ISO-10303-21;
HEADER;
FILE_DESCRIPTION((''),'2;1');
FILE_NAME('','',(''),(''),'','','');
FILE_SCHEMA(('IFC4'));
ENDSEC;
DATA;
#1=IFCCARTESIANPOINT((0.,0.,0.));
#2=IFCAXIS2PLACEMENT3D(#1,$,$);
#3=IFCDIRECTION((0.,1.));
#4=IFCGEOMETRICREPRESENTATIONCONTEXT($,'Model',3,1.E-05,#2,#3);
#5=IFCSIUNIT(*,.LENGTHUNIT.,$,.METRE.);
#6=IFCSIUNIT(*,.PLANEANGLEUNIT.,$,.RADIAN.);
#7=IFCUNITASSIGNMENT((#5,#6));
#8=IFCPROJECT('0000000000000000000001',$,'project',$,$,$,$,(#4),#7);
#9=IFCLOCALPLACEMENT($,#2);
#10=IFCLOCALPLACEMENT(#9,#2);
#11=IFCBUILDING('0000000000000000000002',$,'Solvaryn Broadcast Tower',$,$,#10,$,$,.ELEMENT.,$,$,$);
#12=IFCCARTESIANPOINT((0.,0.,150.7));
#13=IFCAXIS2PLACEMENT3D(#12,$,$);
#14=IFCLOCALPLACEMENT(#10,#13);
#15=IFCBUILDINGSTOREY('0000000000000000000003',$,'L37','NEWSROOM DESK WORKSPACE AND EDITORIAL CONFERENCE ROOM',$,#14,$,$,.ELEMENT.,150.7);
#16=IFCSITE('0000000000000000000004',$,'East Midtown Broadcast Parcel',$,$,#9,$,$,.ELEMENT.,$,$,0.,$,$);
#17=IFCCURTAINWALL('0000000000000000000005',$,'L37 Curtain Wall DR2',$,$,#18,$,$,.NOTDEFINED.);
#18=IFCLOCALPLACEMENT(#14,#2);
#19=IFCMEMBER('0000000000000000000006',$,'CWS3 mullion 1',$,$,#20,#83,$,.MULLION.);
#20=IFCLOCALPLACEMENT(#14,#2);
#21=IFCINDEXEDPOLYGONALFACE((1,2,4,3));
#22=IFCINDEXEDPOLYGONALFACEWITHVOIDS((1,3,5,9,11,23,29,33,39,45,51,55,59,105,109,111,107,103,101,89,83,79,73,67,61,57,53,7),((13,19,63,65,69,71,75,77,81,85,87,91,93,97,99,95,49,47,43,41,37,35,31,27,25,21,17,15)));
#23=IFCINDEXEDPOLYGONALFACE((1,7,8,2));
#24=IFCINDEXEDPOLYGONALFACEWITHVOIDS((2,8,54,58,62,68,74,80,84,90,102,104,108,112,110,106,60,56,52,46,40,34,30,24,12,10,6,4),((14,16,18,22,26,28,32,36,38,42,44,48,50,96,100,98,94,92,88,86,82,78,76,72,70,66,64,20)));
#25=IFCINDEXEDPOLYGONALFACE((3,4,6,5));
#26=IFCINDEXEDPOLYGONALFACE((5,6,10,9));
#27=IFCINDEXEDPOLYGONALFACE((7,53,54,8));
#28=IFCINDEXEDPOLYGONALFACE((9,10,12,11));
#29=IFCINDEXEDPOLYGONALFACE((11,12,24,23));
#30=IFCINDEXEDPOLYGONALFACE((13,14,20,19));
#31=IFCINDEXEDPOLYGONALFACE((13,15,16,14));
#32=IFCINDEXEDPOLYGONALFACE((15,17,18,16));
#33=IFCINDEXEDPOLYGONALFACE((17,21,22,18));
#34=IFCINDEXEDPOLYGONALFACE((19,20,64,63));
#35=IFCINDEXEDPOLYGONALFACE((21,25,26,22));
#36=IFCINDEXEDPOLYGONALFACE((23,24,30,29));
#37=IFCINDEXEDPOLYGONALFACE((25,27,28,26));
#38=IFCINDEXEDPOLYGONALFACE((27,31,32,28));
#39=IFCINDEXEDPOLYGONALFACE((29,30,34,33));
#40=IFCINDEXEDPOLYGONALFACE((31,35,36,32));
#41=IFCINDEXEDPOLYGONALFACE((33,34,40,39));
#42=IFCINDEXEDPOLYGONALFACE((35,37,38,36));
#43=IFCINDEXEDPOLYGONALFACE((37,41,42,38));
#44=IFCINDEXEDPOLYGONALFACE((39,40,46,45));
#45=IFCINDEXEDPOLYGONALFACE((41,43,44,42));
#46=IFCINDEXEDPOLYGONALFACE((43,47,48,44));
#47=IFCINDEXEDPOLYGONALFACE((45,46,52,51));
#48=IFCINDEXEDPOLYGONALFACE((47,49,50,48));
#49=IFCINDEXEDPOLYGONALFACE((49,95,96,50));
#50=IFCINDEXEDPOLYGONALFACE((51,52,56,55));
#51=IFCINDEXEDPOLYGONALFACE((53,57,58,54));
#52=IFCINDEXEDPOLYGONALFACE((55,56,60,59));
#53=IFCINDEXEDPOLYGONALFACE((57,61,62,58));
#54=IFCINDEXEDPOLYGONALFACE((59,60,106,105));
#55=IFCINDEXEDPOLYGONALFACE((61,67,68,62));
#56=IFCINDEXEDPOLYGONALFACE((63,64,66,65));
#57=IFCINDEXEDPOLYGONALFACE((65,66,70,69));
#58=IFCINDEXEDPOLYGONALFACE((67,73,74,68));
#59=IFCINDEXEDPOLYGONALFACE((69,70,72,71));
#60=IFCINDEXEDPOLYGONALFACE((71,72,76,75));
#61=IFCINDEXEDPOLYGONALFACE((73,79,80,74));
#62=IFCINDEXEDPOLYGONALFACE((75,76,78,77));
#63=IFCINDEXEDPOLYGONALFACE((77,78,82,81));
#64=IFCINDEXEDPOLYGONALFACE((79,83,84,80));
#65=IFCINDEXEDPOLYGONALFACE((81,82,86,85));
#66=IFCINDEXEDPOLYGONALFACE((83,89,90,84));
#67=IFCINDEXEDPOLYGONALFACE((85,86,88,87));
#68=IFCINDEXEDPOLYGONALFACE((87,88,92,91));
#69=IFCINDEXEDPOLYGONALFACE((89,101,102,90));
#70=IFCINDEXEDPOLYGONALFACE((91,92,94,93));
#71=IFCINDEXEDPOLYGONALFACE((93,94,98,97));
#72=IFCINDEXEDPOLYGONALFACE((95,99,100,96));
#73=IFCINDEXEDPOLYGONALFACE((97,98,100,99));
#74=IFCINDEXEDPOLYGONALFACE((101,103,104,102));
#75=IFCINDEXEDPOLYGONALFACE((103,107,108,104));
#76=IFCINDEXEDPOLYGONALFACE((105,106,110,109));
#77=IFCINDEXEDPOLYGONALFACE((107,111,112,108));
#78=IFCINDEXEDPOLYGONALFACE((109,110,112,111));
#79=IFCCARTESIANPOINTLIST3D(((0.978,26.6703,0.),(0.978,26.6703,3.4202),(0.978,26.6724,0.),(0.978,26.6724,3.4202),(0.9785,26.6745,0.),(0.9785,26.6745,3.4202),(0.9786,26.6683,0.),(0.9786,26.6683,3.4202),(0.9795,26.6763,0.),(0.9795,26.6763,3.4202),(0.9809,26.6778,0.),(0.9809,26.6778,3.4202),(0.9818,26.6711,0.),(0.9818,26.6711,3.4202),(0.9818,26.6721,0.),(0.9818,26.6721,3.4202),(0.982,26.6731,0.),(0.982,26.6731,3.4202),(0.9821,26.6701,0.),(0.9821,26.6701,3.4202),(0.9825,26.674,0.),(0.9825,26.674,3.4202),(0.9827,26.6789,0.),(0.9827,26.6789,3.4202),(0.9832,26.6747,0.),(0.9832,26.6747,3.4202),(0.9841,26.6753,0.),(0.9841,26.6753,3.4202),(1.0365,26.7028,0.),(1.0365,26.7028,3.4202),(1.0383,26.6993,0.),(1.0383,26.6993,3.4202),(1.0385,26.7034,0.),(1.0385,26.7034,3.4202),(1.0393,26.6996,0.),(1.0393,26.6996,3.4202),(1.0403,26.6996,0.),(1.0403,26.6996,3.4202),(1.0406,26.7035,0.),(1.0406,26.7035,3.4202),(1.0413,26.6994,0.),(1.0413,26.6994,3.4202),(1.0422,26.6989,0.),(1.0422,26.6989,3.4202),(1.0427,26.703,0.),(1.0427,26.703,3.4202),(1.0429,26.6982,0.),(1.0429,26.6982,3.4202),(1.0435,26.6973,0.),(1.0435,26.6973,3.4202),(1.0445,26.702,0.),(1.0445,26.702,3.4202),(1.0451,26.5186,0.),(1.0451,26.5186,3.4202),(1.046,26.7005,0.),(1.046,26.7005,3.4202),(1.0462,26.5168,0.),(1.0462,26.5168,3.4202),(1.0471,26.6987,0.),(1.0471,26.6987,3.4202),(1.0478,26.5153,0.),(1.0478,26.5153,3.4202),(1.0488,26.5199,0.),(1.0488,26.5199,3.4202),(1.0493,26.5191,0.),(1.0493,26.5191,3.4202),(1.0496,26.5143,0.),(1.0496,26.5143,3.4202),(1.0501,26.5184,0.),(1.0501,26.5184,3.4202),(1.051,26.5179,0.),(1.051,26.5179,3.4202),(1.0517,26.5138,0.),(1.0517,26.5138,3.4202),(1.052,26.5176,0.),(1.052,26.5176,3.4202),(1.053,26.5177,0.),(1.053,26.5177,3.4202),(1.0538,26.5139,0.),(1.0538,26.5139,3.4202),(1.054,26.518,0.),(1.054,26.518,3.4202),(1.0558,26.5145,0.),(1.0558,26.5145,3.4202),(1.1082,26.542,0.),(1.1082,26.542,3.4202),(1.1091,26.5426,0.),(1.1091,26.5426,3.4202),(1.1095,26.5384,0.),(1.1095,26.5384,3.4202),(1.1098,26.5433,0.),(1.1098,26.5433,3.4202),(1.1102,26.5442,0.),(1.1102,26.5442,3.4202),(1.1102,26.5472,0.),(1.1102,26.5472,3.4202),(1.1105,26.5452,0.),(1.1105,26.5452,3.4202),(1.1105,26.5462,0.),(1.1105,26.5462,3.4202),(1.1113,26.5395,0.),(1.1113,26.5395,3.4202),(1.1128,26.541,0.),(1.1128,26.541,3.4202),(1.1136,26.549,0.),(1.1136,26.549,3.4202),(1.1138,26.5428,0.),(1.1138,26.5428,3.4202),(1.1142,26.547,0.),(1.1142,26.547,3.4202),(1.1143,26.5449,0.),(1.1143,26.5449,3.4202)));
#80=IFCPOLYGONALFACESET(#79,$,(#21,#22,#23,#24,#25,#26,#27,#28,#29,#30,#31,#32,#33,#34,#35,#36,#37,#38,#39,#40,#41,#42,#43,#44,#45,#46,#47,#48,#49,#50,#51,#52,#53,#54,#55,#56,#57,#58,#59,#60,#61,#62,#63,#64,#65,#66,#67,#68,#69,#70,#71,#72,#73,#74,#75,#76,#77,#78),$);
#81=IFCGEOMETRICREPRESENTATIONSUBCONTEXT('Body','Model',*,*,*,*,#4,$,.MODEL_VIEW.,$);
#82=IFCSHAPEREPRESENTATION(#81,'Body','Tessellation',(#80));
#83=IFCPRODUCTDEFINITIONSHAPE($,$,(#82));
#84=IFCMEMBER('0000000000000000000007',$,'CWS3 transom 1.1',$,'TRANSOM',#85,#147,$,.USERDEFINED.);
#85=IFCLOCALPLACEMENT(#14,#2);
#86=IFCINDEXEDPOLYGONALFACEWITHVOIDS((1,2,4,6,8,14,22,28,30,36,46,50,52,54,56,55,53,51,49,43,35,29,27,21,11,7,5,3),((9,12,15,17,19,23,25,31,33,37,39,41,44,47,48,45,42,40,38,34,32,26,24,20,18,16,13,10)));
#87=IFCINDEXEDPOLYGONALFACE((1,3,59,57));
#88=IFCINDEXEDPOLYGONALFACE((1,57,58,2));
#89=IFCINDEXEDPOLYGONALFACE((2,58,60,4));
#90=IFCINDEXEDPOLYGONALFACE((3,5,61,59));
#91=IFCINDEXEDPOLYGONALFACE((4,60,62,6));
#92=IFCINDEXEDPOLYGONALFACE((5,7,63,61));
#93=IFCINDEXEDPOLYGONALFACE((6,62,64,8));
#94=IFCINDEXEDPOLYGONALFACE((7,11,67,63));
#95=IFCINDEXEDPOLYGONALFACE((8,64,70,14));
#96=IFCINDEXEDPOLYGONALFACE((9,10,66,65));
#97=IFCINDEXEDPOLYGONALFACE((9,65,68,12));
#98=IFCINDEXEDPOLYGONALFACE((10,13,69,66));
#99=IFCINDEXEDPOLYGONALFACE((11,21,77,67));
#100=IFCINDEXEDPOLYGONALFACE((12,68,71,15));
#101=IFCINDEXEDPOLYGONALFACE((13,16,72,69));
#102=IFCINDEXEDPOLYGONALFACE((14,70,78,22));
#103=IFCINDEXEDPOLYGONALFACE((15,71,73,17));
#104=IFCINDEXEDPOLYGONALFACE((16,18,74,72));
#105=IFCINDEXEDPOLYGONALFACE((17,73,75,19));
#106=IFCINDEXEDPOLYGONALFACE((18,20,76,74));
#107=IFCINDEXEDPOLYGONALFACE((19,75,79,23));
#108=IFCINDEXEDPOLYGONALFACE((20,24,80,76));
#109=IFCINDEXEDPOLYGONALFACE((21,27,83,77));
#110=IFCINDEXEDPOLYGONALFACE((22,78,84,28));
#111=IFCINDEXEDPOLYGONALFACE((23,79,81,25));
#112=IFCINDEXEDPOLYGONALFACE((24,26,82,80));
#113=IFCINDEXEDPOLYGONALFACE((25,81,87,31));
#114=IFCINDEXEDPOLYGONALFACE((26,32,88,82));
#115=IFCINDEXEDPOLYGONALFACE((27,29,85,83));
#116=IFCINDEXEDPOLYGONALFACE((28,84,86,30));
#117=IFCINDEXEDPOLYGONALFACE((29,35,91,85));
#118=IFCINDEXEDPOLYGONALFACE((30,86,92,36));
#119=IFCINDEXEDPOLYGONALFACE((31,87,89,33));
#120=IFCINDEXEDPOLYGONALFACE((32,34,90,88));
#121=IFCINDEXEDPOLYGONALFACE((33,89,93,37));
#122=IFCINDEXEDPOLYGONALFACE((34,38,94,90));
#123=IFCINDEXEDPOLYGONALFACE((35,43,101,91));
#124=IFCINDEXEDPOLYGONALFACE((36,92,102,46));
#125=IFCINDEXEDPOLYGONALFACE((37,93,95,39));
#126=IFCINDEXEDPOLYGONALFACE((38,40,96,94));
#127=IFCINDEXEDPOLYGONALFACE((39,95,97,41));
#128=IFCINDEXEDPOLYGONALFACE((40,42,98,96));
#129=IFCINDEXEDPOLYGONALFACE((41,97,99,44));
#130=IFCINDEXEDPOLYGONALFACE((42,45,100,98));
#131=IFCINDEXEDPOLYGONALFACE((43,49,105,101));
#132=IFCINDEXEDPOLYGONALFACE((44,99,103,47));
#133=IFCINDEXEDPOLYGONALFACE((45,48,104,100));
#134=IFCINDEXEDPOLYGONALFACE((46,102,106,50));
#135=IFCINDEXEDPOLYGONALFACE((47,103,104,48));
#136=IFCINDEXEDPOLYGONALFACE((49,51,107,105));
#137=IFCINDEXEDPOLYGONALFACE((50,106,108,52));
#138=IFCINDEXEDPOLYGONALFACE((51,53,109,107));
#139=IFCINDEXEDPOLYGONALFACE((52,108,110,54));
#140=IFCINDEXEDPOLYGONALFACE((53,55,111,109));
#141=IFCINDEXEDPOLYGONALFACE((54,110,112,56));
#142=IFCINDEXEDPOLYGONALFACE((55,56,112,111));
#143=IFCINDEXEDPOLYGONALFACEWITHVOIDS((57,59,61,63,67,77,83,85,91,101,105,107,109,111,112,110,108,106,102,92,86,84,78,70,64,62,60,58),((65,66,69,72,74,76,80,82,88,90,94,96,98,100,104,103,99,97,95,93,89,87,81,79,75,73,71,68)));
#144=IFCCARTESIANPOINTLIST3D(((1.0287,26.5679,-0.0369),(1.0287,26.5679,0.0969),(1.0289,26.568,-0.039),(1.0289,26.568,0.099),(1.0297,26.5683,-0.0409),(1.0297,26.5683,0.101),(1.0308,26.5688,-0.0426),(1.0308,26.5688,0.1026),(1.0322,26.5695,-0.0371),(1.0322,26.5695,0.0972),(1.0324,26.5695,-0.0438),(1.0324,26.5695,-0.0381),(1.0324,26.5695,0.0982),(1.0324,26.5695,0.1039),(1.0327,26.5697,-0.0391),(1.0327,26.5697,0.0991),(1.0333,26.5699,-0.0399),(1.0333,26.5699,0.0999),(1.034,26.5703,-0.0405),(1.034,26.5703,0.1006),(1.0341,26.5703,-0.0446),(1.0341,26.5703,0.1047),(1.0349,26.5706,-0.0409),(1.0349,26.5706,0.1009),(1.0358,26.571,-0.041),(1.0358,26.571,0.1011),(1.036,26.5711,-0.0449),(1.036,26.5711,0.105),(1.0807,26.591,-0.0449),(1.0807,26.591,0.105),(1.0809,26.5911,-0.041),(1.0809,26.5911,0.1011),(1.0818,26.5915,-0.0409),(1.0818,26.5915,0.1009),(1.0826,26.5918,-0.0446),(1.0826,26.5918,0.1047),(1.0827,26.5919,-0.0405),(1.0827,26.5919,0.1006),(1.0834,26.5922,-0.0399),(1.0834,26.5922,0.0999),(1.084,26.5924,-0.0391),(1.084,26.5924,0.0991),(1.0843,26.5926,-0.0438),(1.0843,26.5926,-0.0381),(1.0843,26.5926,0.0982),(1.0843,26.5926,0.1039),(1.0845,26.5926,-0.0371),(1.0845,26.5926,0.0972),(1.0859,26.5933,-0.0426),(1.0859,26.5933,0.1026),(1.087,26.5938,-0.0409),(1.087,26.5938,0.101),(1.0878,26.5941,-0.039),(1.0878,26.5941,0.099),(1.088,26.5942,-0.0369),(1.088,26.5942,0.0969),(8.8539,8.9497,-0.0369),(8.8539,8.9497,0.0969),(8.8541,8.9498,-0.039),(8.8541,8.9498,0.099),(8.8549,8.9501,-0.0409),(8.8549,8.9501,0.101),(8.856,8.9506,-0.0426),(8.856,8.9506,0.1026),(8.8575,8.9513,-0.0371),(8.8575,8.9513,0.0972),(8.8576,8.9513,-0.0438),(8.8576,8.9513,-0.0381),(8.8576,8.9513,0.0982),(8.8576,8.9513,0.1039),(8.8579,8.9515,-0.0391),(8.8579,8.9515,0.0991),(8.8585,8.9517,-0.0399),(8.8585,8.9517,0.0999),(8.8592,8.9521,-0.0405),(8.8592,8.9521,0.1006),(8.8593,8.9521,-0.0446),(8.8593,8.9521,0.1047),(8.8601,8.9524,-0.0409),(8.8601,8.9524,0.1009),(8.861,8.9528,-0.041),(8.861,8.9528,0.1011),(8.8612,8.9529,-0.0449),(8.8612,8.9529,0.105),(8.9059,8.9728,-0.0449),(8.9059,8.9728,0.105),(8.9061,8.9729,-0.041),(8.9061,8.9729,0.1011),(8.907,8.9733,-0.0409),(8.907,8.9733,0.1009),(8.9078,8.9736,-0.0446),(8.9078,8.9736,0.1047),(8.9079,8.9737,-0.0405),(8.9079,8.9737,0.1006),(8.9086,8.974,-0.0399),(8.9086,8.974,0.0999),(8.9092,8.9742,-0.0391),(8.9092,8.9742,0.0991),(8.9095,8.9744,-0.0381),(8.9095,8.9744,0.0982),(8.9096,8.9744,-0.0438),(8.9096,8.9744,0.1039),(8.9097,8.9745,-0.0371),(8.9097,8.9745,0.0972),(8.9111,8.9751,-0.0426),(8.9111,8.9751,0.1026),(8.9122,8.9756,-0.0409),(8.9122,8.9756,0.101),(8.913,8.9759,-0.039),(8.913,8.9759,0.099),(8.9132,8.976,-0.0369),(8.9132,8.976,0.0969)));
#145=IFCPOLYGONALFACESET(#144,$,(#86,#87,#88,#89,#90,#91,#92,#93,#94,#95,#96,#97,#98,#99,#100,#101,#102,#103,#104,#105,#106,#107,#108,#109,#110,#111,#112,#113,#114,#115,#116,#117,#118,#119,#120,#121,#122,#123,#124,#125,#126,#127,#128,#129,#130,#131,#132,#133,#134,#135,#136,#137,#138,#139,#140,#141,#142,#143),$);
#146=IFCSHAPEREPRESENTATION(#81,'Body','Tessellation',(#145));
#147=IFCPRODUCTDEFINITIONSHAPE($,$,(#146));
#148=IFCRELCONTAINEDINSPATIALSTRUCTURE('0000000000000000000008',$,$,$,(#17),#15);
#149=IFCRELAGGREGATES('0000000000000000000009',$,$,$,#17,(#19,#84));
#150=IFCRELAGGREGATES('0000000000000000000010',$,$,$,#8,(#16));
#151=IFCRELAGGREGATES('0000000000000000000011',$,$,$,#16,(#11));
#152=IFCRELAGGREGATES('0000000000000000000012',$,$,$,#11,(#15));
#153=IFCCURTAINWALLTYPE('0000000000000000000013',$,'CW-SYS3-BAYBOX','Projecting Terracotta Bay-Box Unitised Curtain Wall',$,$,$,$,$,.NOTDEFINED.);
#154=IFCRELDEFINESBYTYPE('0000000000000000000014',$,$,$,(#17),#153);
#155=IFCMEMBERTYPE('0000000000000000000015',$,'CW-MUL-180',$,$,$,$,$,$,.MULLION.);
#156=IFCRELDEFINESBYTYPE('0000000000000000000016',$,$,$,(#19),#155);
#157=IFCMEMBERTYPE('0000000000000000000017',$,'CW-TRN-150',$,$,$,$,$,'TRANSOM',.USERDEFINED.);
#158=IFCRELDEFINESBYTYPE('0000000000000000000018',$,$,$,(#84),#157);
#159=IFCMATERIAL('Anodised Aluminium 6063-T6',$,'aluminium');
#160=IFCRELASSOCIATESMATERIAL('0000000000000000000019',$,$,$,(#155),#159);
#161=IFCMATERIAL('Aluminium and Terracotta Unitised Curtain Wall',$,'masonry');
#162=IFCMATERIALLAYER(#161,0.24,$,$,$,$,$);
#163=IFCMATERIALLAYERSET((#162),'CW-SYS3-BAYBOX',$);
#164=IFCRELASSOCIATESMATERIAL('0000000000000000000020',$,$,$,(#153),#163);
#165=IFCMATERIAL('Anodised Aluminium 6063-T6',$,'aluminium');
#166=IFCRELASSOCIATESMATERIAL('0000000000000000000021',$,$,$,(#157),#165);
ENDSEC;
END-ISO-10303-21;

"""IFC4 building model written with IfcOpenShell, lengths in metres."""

from ifc_helpers import new_model, si_unit, direction, frame, origin, origin_2d, place, context, subcontext, project, spatial, hollow_rectangle, extrude, material, layer, layer_set, material_profile, profile_set, type_object, element, aggregate, save


model = new_model("IFC4")

# Units and contexts
model_context = context("Model", 3, precision=1e-05, world=origin(), true_north=direction((0.0, 1.0)))
body_context = subcontext(model_context, "Body", "Model", "MODEL_VIEW")
ifc_project = project(units=[si_unit("LENGTHUNIT", "METRE"), si_unit("PLANEANGLEUNIT", "RADIAN")], contexts=[model_context])

# Site, building, storey
site_placement = place(None, origin())
site = spatial("IfcSite", under=ifc_project, at=site_placement, Name="East Midtown Broadcast Parcel", CompositionType="ELEMENT", RefElevation=0.0)
building_placement = place(site_placement, origin())
building = spatial("IfcBuilding", under=site, at=building_placement, Name="Solvaryn Broadcast Tower", CompositionType="ELEMENT")
storey_placement = place(building_placement, frame((0.0, 0.0, 150.7)))
storey = spatial("IfcBuildingStorey", under=building, at=storey_placement, Name="L37", Description="NEWSROOM DESK WORKSPACE AND EDITORIAL CONFERENCE ROOM", CompositionType="ELEMENT", Elevation=150.7)

# Shared definitions
ifc_material_1 = material(Name="Anodised Aluminium 6063-T6", Category="aluminium")
ifc_material_profile_1 = material_profile(ifc_material_1, hollow_rectangle(XDim=0.075, YDim=0.1799, WallThickness=0.0039, InnerFilletRadius=0.0039, OuterFilletRadius=0.0081, at=origin_2d()))
ifc_profile_set_1 = profile_set([ifc_material_profile_1], Name="Anodised Aluminium 6063-T6")
member_type_1 = type_object("IfcMemberType", Name="CW-MUL-180", PredefinedType="MULLION", material=ifc_profile_set_1)

# Curtain wall, members
ifc_material_2 = material(Name="Aluminium and Terracotta Unitised Curtain Wall", Category="masonry")
ifc_layer_1 = layer(ifc_material_2, 0.24)
ifc_layer_set_1 = layer_set([ifc_layer_1], Name="CW-SYS3-BAYBOX")
curtain_wall_type_1 = type_object("IfcCurtainWallType", Name="CW-SYS3-BAYBOX", Description="Projecting Terracotta Bay-Box Unitised Curtain Wall", PredefinedType="NOTDEFINED", material=ifc_layer_set_1)
curtain_wall_1_placement = place(storey_placement, origin())
curtain_wall_1 = element("IfcCurtainWall", 1, at=curtain_wall_1_placement, inside=storey, type_object=curtain_wall_type_1, Name="L37 Curtain Wall DR2", PredefinedType="NOTDEFINED")
member_1_placement = place(storey_placement, frame((1.0461, 26.6086, 0.0), z_axis=(0.0, 0.0, 1.0), x_axis=(0.913909, 0.405918, 0.0)))
member_1 = element("IfcMember", 2, at=member_1_placement, type_object=member_type_1, Name="CWS3 mullion 1", PredefinedType="MULLION", context=body_context, shape_type="SweptSolid", body=[
    extrude(hollow_rectangle(XDim=0.075, YDim=0.1799, WallThickness=0.0039, InnerFilletRadius=0.0039, OuterFilletRadius=0.0081, at=origin_2d()), origin(), (0.0, 0.0, 1.0), 3.4202),
])
ifc_material_3 = material(Name="Anodised Aluminium 6063-T6", Category="aluminium")
ifc_material_profile_2 = material_profile(ifc_material_3, hollow_rectangle(XDim=0.0649, YDim=0.1499, WallThickness=0.0039, InnerFilletRadius=0.0039, OuterFilletRadius=0.0081, at=origin_2d()))
ifc_profile_set_2 = profile_set([ifc_material_profile_2], Name="Anodised Aluminium 6063-T6")
member_type_2 = type_object("IfcMemberType", Name="CW-TRN-150", ElementType="TRANSOM", PredefinedType="USERDEFINED", material=ifc_profile_set_2)
member_2_placement = place(storey_placement, frame((1.0583, 26.5811, 0.03), z_axis=(0.405918, -0.91391, 0.0), x_axis=(0.91391, 0.405918, 0.0)))
member_2 = element("IfcMember", 3, at=member_2_placement, type_object=member_type_2, Name="CWS3 transom 1.1", ObjectType="TRANSOM", PredefinedType="USERDEFINED", context=body_context, shape_type="SweptSolid", body=[
    extrude(hollow_rectangle(XDim=0.0649, YDim=0.1499, WallThickness=0.0039, InnerFilletRadius=0.0039, OuterFilletRadius=0.0081, at=origin_2d()), origin(), (0.0, 0.0, 1.0), 19.2778),
])
aggregate(curtain_wall_1, [member_1, member_2])

save(model, "model.ifc")
